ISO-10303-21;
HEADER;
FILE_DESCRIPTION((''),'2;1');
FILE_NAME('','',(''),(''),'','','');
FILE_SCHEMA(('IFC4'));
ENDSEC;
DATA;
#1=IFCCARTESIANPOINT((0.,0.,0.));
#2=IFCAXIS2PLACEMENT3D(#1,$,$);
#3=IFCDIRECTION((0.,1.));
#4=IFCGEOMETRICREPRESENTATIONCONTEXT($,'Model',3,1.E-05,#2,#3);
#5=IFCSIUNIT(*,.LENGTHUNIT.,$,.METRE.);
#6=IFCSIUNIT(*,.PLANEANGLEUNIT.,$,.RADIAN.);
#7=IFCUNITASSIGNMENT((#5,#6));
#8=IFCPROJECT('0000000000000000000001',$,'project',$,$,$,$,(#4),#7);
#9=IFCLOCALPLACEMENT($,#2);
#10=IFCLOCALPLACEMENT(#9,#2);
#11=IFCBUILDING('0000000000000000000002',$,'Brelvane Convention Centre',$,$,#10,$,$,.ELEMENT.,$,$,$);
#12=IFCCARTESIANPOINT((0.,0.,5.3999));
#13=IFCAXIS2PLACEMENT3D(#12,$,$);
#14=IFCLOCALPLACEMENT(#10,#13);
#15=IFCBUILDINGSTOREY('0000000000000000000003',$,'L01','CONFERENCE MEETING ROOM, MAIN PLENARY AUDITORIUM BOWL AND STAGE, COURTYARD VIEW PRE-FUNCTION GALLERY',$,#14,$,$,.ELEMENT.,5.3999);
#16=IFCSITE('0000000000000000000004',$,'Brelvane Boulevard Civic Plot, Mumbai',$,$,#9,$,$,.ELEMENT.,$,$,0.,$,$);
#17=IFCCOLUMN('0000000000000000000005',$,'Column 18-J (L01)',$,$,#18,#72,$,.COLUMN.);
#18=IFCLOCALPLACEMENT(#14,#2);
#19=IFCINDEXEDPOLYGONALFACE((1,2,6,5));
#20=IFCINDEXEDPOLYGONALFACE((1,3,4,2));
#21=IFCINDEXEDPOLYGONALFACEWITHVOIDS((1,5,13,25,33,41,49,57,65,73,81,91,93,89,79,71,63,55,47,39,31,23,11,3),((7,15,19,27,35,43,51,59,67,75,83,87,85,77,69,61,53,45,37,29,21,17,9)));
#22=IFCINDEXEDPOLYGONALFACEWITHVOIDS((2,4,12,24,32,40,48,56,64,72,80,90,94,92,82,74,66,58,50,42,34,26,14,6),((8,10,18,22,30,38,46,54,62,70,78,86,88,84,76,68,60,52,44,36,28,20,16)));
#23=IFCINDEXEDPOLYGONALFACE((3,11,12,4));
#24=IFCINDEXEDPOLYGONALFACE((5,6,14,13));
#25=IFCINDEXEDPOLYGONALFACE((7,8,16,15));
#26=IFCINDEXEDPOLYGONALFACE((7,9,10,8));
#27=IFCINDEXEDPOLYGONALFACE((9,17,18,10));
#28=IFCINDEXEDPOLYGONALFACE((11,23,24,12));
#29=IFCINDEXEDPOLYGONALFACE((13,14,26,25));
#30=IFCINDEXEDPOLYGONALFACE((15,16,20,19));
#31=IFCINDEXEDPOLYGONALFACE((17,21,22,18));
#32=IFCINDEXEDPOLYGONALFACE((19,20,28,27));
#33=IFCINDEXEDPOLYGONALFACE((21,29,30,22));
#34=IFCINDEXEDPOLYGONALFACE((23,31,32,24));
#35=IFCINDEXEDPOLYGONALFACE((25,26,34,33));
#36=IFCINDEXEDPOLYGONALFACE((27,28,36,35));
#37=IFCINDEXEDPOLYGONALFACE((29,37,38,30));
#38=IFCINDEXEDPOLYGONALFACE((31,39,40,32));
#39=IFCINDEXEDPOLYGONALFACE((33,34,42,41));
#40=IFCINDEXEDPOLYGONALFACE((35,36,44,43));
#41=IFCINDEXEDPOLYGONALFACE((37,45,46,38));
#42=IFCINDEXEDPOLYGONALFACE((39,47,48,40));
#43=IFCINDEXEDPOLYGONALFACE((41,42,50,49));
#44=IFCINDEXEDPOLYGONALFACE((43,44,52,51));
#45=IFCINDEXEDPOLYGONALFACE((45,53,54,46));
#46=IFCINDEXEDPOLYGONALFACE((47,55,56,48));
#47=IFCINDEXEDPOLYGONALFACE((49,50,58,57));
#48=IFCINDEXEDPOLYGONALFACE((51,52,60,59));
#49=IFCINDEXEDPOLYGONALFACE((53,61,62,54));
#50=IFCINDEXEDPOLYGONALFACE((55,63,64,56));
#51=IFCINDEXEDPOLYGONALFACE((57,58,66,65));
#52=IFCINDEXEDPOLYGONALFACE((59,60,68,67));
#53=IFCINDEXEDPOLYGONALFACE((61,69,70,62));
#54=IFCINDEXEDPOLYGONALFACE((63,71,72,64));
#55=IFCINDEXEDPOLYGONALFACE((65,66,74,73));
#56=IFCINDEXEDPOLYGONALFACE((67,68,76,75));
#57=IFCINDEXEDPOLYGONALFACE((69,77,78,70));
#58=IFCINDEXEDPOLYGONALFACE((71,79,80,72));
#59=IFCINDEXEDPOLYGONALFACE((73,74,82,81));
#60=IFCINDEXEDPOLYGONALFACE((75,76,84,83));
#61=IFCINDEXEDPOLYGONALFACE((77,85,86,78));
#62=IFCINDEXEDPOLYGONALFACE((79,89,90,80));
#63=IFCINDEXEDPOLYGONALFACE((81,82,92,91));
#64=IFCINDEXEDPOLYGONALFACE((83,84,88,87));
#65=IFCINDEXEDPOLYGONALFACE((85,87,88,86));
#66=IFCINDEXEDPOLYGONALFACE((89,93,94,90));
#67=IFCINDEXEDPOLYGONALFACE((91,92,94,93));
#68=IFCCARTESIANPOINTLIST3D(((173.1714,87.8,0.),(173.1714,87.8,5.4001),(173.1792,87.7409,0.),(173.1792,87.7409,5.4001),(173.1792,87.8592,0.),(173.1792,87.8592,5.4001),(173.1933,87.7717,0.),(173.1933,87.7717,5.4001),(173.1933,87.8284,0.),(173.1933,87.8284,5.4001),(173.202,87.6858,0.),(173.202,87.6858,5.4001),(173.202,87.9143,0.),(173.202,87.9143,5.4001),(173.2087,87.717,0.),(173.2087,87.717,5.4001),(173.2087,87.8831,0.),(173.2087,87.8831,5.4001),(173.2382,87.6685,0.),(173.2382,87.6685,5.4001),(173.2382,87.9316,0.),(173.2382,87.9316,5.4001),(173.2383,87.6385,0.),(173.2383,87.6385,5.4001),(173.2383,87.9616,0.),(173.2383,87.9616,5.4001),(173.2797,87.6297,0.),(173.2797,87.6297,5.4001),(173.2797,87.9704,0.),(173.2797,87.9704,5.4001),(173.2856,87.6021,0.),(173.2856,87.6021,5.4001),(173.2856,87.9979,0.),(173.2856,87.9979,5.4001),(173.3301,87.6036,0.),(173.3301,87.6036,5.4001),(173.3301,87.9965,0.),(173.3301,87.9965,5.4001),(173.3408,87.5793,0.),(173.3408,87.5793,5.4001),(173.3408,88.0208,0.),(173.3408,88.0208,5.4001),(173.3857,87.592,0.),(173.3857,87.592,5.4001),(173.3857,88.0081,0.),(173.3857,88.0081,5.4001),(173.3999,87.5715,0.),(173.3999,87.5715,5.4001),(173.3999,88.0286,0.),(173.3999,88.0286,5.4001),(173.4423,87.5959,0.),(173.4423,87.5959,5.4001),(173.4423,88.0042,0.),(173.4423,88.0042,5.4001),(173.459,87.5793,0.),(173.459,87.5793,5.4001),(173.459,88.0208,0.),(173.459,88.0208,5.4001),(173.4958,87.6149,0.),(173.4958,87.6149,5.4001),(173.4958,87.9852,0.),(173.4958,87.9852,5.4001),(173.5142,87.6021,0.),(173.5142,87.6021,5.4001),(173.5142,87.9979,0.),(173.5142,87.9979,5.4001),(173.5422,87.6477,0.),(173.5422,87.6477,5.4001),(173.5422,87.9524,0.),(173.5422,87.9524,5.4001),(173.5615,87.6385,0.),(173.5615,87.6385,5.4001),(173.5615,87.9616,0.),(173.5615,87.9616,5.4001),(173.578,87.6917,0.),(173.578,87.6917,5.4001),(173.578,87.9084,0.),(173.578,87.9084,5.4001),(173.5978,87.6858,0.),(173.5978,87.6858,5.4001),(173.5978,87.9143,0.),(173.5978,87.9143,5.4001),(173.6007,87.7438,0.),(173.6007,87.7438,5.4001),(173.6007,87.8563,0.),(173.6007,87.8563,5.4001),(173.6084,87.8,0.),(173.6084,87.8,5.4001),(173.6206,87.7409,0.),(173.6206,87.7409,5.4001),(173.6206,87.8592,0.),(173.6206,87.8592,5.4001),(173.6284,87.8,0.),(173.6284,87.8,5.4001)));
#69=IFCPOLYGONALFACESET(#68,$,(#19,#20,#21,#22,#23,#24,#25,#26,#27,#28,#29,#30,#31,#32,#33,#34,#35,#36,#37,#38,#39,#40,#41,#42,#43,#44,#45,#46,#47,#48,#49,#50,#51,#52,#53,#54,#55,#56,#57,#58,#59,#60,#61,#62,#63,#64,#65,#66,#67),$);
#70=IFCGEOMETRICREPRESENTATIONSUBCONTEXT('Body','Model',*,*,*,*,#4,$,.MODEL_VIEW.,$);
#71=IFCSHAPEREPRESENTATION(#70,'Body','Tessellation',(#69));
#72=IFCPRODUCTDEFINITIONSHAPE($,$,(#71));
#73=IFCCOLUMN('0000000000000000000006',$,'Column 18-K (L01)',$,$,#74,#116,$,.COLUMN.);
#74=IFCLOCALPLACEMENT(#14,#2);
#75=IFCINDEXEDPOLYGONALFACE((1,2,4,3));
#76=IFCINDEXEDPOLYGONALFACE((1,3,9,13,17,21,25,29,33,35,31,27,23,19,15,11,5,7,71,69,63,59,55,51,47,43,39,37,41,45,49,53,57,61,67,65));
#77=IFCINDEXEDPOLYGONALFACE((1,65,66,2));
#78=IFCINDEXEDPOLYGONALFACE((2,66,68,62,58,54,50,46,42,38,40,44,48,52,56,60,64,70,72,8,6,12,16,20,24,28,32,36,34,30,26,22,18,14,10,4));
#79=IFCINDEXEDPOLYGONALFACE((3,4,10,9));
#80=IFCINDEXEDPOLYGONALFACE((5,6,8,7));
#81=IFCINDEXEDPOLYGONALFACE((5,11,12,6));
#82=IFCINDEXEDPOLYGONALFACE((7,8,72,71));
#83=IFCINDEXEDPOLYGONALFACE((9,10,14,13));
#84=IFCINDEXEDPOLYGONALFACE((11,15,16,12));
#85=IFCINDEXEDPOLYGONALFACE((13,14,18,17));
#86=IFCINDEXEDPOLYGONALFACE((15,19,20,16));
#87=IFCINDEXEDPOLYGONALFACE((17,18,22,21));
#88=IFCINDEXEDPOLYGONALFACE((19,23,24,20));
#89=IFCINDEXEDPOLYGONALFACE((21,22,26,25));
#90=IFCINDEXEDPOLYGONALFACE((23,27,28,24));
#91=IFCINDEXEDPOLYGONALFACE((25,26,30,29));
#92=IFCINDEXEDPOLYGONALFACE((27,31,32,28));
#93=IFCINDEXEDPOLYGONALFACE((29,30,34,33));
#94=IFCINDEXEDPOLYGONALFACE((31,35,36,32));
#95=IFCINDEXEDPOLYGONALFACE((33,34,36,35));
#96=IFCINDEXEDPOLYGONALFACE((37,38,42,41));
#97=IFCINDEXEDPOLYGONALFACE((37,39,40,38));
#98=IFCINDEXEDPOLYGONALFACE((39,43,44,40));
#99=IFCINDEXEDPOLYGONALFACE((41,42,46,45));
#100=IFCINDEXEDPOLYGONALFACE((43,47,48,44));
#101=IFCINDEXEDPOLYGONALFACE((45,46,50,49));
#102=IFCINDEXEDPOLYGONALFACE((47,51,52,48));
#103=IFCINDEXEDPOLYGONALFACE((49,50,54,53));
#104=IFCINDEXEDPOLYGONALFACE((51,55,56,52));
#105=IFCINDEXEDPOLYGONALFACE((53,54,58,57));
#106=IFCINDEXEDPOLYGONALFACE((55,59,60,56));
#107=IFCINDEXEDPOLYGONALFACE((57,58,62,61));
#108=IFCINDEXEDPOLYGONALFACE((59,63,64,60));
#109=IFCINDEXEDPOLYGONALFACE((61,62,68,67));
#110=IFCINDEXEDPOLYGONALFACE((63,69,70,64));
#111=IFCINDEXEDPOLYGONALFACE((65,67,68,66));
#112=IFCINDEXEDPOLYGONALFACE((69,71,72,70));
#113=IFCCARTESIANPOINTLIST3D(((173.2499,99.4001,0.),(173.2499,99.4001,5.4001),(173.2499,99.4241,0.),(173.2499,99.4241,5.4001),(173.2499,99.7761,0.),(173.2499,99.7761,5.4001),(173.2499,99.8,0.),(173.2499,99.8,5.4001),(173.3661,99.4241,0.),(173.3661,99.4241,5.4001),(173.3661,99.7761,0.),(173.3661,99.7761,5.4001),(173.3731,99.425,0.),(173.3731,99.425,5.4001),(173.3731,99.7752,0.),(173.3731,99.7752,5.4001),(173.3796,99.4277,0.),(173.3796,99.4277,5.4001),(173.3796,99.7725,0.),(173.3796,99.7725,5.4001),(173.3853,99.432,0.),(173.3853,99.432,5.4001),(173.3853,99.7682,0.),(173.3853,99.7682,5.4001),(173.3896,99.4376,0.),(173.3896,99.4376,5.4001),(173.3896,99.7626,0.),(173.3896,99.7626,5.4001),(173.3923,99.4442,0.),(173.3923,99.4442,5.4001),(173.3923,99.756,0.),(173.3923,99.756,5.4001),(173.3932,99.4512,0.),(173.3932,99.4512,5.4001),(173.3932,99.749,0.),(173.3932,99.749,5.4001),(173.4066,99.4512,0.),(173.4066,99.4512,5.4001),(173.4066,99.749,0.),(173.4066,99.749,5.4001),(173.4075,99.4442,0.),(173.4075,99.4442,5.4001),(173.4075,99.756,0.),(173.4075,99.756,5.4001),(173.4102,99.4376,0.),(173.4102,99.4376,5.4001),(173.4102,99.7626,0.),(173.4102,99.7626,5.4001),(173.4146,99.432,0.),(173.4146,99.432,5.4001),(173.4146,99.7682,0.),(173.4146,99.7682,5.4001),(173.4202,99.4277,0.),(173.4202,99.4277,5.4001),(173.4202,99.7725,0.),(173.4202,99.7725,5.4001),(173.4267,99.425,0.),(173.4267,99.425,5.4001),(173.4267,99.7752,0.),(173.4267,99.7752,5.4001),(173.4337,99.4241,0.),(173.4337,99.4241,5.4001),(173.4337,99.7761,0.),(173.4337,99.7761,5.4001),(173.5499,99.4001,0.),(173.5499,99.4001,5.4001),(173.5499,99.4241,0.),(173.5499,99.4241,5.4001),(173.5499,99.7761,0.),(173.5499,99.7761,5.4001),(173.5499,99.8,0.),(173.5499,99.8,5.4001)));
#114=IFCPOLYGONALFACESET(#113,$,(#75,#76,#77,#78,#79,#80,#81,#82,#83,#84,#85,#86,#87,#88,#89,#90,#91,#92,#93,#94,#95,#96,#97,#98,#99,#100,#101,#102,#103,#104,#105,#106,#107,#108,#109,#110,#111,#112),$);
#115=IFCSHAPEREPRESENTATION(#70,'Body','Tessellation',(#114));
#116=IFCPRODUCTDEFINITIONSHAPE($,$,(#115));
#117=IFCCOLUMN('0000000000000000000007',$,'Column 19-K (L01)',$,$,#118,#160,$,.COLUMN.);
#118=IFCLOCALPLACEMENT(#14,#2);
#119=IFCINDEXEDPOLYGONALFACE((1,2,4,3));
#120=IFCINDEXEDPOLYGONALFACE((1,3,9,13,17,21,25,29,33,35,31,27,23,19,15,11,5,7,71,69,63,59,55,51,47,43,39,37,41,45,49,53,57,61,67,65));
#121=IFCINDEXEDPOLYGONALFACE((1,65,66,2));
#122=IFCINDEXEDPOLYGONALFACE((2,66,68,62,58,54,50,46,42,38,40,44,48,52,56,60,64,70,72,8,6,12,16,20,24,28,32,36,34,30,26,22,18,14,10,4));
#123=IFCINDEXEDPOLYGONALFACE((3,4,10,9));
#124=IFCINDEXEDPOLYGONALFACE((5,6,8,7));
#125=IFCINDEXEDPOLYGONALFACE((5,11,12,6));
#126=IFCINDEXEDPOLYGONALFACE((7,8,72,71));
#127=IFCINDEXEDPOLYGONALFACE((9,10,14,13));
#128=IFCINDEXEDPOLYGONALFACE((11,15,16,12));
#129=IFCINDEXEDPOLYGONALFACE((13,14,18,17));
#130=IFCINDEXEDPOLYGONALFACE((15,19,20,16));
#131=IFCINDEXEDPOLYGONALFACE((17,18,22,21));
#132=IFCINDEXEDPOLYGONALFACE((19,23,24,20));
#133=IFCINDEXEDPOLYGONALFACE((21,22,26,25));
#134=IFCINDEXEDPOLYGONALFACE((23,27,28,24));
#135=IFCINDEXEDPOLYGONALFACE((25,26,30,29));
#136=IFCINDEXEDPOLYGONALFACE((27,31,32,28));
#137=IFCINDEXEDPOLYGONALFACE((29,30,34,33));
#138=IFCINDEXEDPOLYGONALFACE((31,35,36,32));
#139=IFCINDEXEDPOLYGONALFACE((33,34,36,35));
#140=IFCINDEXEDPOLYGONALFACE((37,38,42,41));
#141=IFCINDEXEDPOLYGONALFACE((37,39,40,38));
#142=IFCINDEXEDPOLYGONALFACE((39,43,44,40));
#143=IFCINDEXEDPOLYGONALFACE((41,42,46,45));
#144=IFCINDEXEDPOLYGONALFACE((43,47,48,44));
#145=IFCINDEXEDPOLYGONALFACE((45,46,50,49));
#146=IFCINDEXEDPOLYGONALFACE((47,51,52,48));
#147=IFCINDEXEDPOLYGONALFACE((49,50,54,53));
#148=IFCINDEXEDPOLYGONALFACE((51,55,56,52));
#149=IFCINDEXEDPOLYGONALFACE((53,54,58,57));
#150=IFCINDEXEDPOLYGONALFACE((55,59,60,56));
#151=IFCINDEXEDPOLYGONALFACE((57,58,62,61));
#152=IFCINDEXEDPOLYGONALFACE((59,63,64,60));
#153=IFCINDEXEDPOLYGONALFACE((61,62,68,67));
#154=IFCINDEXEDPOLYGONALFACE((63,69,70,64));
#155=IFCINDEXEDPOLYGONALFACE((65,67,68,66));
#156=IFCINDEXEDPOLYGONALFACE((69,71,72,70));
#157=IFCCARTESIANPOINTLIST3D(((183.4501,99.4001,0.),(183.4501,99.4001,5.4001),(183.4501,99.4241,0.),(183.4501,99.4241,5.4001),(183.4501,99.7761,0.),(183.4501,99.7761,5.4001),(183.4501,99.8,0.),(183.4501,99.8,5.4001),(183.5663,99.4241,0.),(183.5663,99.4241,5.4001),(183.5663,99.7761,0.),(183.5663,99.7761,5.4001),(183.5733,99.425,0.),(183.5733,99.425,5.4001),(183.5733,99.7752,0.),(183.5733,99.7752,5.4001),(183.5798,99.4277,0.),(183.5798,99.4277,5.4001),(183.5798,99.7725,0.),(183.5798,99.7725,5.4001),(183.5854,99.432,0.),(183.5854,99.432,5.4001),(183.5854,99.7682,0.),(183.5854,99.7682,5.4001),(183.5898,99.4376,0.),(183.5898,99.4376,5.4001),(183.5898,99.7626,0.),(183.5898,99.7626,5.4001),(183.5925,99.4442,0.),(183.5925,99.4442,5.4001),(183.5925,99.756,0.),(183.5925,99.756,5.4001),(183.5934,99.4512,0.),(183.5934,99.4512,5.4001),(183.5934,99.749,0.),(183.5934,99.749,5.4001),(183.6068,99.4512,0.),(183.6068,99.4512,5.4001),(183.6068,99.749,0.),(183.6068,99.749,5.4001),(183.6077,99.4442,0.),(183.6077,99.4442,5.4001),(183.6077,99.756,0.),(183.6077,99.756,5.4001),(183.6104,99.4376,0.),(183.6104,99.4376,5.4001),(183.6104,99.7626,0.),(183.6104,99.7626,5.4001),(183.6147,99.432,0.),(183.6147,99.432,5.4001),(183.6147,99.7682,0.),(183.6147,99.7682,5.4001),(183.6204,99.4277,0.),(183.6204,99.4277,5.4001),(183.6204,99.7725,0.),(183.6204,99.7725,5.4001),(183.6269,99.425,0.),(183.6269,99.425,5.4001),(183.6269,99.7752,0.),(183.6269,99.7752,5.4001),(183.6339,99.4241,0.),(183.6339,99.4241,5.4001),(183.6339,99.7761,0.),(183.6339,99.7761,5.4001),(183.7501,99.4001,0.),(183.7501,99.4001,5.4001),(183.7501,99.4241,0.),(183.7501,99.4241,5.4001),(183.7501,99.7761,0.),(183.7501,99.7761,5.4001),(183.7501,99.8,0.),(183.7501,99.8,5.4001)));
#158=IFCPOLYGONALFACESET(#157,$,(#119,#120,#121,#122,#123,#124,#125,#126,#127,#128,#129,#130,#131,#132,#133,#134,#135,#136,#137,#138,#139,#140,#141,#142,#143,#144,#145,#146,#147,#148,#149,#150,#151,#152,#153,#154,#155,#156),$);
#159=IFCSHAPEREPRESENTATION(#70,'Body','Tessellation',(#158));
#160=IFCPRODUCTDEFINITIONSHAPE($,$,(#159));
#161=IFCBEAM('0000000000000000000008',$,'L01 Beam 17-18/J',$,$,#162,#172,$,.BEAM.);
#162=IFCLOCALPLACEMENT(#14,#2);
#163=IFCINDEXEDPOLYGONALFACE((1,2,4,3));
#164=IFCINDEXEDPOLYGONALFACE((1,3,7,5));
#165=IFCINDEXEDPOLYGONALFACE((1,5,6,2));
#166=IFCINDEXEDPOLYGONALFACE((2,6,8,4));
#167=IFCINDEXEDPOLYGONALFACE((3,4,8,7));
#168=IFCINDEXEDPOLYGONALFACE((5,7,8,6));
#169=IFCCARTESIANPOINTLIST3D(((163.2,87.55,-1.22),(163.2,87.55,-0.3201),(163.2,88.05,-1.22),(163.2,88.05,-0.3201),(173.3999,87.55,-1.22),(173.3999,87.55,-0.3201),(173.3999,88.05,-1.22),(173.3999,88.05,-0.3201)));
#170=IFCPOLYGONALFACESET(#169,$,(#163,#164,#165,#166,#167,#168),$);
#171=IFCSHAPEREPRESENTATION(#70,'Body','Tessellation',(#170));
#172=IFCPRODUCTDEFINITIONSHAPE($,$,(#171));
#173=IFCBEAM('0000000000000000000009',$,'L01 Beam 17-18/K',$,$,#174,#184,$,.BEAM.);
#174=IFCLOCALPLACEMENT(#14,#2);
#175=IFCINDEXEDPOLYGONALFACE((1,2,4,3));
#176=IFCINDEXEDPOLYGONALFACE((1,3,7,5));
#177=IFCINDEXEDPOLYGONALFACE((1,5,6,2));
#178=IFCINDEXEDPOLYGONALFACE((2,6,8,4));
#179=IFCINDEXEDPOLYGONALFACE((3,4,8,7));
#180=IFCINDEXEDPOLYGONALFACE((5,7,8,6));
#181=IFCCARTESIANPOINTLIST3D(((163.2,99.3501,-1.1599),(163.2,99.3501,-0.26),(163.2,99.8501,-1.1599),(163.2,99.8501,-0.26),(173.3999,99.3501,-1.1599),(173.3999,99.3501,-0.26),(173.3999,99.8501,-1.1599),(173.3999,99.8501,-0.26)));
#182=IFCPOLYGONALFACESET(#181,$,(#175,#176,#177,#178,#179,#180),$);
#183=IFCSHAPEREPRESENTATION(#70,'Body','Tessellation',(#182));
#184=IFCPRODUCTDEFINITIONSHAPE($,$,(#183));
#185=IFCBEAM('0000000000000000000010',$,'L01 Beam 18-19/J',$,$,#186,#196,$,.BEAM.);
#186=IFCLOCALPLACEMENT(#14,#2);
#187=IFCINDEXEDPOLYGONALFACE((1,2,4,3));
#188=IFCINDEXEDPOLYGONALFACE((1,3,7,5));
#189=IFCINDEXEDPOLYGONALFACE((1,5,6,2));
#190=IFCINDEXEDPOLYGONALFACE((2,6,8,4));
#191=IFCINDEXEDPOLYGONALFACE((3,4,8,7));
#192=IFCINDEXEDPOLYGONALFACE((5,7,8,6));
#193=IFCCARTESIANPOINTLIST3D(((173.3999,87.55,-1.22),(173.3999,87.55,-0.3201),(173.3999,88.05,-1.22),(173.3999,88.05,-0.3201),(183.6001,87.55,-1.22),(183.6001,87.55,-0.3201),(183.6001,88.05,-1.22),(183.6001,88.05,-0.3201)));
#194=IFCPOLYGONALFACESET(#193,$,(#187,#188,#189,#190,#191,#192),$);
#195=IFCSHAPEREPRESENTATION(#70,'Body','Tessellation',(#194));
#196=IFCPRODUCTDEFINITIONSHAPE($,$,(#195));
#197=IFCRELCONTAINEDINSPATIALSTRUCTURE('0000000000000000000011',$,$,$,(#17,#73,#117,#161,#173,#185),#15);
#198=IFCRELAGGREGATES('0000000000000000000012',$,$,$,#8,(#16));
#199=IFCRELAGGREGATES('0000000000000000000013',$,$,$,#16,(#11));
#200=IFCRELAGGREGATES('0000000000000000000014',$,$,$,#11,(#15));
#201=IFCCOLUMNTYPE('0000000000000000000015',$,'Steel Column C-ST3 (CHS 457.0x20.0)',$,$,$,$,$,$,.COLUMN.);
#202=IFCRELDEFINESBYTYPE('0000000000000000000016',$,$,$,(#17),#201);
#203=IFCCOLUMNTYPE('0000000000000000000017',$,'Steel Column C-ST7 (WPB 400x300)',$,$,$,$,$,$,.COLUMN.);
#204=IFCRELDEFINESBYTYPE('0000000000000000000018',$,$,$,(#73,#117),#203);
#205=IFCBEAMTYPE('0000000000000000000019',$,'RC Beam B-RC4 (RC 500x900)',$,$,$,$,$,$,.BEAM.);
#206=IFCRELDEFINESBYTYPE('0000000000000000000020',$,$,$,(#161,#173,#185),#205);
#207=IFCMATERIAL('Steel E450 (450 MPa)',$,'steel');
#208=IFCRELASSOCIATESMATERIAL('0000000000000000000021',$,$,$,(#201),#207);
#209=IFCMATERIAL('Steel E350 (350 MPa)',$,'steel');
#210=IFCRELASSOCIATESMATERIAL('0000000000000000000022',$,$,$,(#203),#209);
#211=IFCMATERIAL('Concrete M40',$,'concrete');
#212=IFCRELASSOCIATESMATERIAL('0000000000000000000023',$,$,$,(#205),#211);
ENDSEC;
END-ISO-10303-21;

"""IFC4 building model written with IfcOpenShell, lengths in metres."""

from ifc_helpers import new_model, si_unit, direction, frame, origin, origin_2d, place, context, subcontext, project, spatial, rectangle, hollow_circle, i_section, extrude, material, material_profile, profile_set, type_object, element, save


model = new_model("IFC4")

# Units and contexts
model_context = context("Model", 3, precision=1e-05, world=origin(), true_north=direction((0.0, 1.0)))
body_context = subcontext(model_context, "Body", "Model", "MODEL_VIEW")
ifc_project = project(units=[si_unit("LENGTHUNIT", "METRE"), si_unit("PLANEANGLEUNIT", "RADIAN")], contexts=[model_context])

# Site, building, storey
site_placement = place(None, origin())
site = spatial("IfcSite", under=ifc_project, at=site_placement, Name="Brelvane Boulevard Civic Plot, Mumbai", CompositionType="ELEMENT", RefElevation=0.0)
building_placement = place(site_placement, origin())
building = spatial("IfcBuilding", under=site, at=building_placement, Name="Brelvane Convention Centre", CompositionType="ELEMENT")
storey_placement = place(building_placement, frame((0.0, 0.0, 5.3999)))
storey = spatial("IfcBuildingStorey", under=building, at=storey_placement, Name="L01", Description="CONFERENCE MEETING ROOM, MAIN PLENARY AUDITORIUM BOWL AND STAGE, COURTYARD VIEW PRE-FUNCTION GALLERY", CompositionType="ELEMENT", Elevation=5.3999)

# Columns
ifc_material_1 = material(Name="Steel E450 (450 MPa)", Category="steel")
ifc_material_profile_1 = material_profile(ifc_material_1, hollow_circle(Radius=0.2285, WallThickness=0.02, at=origin_2d()), Name="CHS 457.0x20.0")
ifc_profile_set_1 = profile_set([ifc_material_profile_1], Name="Steel E450 (450 MPa)")
column_type_1 = type_object("IfcColumnType", Name="Steel Column C-ST3 (CHS 457.0x20.0)", PredefinedType="COLUMN", material=ifc_profile_set_1)
column_1_placement = place(storey_placement, frame((173.3999, 87.8, 0.0), z_axis=(0.0, 0.0, 1.0), x_axis=(1.0, 0.0, 0.0)))
element("IfcColumn", 1, at=column_1_placement, inside=storey, type_object=column_type_1, Name="Column 18-J (L01)", PredefinedType="COLUMN", context=body_context, shape_type="SweptSolid", body=[
    extrude(hollow_circle(Radius=0.2285, WallThickness=0.02, at=origin_2d()), origin(), (0.0, 0.0, 1.0), 5.4001),
])
ifc_material_2 = material(Name="Steel E350 (350 MPa)", Category="steel")
ifc_material_profile_2 = material_profile(ifc_material_2, i_section(OverallWidth=0.3, OverallDepth=0.3999, WebThickness=0.0134, FlangeThickness=0.0239, FilletRadius=0.0271, at=origin_2d()), Name="WPB 400x300")
ifc_profile_set_2 = profile_set([ifc_material_profile_2], Name="Steel E350 (350 MPa)")
column_type_2 = type_object("IfcColumnType", Name="Steel Column C-ST7 (WPB 400x300)", PredefinedType="COLUMN", material=ifc_profile_set_2)
for number, where, z_axis, x_axis, name in (
    (2, (173.3999, 99.6001, 0.0), (0.0, 0.0, 1.0), (1.0, 0.0, 0.0), "Column 18-K (L01)"),
    (3, (183.6001, 99.6001, 0.0), (0.0, 0.0, 1.0), (1.0, 0.0, 0.0), "Column 19-K (L01)"),
):
    element("IfcColumn", number, at=place(storey_placement, frame(where, z_axis=z_axis, x_axis=x_axis)), inside=storey, type_object=column_type_2, Name=name, PredefinedType="COLUMN", context=body_context, shape_type="SweptSolid", body=[
        extrude(i_section(OverallWidth=0.3, OverallDepth=0.3999, WebThickness=0.0134, FlangeThickness=0.0239, FilletRadius=0.0271, at=origin_2d()), origin(), (0.0, 0.0, 1.0), 5.4001),
    ])

# Beams
ifc_material_3 = material(Name="Concrete M40", Category="concrete")
ifc_material_profile_3 = material_profile(ifc_material_3, rectangle(XDim=0.5, YDim=0.8999, at=origin_2d()), Name="RC 500x900")
ifc_profile_set_3 = profile_set([ifc_material_profile_3], Name="Concrete M40")
beam_type_1 = type_object("IfcBeamType", Name="RC Beam B-RC4 (RC 500x900)", PredefinedType="BEAM", material=ifc_profile_set_3)
for number, where, z_axis, x_axis, name in (
    (4, (163.2, 87.8, -0.77), (1.0, 0.0, 0.0), (0.0, 1.0, 0.0), "L01 Beam 17-18/J"),
    (5, (163.2, 99.6001, -0.71), (1.0, 0.0, 0.0), (0.0, 1.0, 0.0), "L01 Beam 17-18/K"),
):
    element("IfcBeam", number, at=place(storey_placement, frame(where, z_axis=z_axis, x_axis=x_axis)), inside=storey, type_object=beam_type_1, Name=name, PredefinedType="BEAM", context=body_context, shape_type="SweptSolid", body=[
        extrude(rectangle(XDim=0.5, YDim=0.8999, at=origin_2d()), origin(), (0.0, 0.0, 1.0), 10.2),
    ])
beam_1_placement = place(storey_placement, frame((173.3999, 87.8, -0.77), z_axis=(1.0, 0.0, 0.0), x_axis=(0.0, 1.0, 0.0)))
element("IfcBeam", 6, at=beam_1_placement, inside=storey, type_object=beam_type_1, Name="L01 Beam 18-19/J", PredefinedType="BEAM", context=body_context, shape_type="SweptSolid", body=[
    extrude(rectangle(XDim=0.5, YDim=0.8999, at=origin_2d()), origin(), (0.0, 0.0, 1.0), 10.2002),
])

save(model, "model.ifc")
